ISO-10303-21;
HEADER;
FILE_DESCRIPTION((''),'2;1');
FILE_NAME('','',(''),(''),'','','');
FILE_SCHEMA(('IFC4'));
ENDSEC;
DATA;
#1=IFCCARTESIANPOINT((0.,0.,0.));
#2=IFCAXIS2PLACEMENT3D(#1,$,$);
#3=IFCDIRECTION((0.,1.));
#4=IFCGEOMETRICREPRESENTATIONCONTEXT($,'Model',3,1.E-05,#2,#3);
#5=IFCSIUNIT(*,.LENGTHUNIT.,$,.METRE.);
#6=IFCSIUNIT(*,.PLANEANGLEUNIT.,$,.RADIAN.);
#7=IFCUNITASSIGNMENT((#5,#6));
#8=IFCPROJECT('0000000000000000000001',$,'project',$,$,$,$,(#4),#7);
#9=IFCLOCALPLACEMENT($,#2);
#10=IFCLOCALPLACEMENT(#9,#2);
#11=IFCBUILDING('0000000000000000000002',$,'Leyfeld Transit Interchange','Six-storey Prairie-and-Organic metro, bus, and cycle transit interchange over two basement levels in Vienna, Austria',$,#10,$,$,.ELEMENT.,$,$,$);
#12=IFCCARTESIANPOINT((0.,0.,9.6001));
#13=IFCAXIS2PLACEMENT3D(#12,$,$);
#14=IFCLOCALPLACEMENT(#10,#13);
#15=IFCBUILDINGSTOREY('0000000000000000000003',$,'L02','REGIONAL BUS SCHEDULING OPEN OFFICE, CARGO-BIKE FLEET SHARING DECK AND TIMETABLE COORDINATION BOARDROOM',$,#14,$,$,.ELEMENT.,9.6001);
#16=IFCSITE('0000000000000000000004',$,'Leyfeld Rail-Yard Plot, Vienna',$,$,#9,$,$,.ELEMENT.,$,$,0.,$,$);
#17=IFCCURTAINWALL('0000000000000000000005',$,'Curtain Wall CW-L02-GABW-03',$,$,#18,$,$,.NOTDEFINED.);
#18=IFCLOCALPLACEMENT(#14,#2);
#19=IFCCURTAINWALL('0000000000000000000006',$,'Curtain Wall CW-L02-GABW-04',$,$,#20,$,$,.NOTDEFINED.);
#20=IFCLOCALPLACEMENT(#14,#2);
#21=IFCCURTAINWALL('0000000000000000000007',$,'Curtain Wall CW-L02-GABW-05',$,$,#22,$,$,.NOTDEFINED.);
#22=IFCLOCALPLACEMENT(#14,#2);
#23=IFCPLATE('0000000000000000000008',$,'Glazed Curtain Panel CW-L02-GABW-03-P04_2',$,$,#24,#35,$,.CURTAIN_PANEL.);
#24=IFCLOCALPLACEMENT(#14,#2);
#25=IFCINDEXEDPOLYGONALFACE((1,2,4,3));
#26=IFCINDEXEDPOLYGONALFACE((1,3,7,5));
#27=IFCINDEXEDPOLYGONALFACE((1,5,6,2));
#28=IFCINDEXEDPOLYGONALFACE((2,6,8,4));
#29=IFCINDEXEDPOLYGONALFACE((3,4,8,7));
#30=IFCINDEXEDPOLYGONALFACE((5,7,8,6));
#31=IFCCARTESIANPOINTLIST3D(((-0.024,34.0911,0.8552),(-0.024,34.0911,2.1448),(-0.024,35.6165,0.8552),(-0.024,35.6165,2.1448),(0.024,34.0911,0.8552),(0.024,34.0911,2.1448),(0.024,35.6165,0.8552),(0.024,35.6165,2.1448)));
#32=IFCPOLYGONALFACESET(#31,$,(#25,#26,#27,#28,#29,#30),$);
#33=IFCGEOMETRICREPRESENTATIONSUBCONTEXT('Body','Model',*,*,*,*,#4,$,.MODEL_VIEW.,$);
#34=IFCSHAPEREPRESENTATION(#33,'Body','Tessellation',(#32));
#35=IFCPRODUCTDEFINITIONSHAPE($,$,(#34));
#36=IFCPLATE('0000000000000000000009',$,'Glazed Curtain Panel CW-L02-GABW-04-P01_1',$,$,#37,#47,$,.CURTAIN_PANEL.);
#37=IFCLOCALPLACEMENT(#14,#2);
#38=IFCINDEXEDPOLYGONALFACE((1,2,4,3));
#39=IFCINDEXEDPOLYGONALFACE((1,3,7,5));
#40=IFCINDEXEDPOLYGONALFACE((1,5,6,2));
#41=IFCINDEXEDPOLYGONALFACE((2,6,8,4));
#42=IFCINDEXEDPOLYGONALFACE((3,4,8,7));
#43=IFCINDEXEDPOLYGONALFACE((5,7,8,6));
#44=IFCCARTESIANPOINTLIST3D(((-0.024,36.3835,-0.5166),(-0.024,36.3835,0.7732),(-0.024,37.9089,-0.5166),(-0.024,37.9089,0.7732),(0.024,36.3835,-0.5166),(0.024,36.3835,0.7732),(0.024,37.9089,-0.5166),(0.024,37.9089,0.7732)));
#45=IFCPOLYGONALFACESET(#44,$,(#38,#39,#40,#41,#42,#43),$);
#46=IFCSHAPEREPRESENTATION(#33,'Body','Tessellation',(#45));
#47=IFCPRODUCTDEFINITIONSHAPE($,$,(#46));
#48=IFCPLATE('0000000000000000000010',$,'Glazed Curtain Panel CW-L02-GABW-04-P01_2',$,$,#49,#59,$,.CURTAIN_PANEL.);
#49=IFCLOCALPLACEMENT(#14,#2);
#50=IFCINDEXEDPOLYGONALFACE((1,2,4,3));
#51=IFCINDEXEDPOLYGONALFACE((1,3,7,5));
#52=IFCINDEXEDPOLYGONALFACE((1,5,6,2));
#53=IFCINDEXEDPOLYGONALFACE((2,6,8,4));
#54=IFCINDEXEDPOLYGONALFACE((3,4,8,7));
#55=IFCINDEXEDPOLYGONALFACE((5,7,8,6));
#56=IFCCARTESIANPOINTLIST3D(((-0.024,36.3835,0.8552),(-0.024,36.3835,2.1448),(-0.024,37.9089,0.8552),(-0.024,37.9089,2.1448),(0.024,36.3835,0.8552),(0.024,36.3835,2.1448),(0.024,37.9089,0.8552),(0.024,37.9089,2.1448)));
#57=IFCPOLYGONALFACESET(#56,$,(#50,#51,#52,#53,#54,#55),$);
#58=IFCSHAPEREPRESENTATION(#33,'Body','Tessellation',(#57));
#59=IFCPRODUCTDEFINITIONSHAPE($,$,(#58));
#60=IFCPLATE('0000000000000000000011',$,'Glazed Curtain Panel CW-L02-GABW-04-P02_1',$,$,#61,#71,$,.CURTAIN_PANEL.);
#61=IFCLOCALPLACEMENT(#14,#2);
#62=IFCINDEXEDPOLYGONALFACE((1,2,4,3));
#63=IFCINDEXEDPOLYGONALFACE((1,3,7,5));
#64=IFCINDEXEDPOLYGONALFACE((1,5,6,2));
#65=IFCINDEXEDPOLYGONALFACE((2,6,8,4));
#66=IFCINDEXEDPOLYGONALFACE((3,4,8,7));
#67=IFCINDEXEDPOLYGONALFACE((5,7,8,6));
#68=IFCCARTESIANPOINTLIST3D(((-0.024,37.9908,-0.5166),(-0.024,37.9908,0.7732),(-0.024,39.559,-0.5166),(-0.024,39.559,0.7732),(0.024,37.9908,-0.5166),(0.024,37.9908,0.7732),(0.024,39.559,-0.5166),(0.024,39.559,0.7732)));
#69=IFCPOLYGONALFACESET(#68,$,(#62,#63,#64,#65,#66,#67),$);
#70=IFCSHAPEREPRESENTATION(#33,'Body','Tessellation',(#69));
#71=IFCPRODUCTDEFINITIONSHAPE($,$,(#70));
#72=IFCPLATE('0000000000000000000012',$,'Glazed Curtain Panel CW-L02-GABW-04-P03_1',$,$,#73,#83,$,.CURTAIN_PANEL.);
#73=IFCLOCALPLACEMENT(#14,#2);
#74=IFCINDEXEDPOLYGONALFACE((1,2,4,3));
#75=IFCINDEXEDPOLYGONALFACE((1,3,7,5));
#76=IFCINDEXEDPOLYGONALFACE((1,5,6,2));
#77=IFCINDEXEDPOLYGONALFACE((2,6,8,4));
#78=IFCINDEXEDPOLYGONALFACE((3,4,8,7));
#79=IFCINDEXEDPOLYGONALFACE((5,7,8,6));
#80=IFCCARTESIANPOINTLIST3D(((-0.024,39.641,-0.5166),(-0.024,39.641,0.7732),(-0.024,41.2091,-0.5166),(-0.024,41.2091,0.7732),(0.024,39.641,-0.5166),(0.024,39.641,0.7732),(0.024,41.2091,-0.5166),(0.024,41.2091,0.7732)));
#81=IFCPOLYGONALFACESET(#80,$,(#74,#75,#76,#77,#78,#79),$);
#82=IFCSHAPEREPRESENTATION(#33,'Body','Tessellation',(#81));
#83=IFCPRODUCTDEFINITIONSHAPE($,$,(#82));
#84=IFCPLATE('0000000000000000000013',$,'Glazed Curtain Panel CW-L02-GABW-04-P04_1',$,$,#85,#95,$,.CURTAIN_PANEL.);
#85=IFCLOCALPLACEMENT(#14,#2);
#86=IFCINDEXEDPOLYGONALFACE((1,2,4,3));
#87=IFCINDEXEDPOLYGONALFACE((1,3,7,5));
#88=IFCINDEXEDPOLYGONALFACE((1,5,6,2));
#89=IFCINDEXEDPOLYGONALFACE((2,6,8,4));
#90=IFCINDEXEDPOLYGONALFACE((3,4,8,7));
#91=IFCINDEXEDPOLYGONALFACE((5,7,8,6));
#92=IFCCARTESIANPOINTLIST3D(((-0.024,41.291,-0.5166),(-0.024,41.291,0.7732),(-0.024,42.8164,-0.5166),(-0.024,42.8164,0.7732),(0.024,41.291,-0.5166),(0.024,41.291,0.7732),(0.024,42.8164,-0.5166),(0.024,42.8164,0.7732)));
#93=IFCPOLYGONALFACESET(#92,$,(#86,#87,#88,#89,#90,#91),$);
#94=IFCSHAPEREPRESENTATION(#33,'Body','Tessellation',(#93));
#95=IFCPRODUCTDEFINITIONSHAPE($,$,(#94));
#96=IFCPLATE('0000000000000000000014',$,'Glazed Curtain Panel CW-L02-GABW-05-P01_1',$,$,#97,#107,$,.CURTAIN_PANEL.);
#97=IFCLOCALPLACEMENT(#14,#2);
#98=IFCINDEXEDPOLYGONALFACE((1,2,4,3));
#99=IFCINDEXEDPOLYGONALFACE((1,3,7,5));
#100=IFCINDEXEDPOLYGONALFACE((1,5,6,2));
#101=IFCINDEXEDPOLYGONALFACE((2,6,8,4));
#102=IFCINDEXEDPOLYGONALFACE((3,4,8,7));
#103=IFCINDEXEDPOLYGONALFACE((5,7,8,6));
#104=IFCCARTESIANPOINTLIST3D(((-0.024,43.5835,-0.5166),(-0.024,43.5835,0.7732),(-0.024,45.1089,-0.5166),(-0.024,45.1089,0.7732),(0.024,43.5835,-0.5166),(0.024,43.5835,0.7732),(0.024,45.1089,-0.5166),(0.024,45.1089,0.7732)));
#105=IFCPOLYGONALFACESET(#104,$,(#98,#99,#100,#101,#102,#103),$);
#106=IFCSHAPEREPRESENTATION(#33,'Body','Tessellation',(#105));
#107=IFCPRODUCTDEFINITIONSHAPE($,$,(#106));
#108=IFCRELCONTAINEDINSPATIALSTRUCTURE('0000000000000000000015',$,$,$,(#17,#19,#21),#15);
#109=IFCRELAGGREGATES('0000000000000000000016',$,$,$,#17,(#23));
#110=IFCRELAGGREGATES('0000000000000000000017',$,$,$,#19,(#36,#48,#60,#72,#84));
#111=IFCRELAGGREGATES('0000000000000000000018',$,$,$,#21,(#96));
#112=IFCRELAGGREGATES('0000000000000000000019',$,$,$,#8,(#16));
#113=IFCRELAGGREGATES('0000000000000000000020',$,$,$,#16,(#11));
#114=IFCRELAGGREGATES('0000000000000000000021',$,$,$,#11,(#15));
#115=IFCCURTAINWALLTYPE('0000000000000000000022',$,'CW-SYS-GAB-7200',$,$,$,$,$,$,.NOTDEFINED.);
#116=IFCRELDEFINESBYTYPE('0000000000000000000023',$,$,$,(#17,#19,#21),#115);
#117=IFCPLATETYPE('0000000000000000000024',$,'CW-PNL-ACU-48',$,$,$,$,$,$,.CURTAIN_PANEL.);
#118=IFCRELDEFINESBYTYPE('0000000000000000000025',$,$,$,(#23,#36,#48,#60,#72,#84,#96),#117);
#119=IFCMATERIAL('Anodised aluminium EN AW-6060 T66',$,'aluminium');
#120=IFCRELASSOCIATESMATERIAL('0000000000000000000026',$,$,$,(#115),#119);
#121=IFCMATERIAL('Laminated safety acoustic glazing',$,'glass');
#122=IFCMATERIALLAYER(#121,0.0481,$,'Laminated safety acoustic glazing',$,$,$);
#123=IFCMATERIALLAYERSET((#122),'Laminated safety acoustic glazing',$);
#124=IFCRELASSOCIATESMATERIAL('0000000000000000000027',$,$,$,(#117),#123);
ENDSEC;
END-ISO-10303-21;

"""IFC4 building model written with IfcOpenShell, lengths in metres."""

from ifc_helpers import new_model, si_unit, direction, frame, origin, origin_2d, place, context, subcontext, project, spatial, rectangle, extrude, material, layer, layer_set, type_object, element, aggregate, save


model = new_model("IFC4")

# Units and contexts
model_context = context("Model", 3, precision=1e-05, world=origin(), true_north=direction((0.0, 1.0)))
body_context = subcontext(model_context, "Body", "Model", "MODEL_VIEW")
ifc_project = project(units=[si_unit("LENGTHUNIT", "METRE"), si_unit("PLANEANGLEUNIT", "RADIAN")], contexts=[model_context])

# Site, building, storey
site_placement = place(None, origin())
site = spatial("IfcSite", under=ifc_project, at=site_placement, Name="Leyfeld Rail-Yard Plot, Vienna", CompositionType="ELEMENT", RefElevation=0.0)
building_placement = place(site_placement, origin())
building = spatial("IfcBuilding", under=site, at=building_placement, Name="Leyfeld Transit Interchange", Description="Six-storey Prairie-and-Organic metro, bus, and cycle transit interchange over two basement levels in Vienna, Austria", CompositionType="ELEMENT")
storey_placement = place(building_placement, frame((0.0, 0.0, 9.6001)))
storey = spatial("IfcBuildingStorey", under=building, at=storey_placement, Name="L02", Description="REGIONAL BUS SCHEDULING OPEN OFFICE, CARGO-BIKE FLEET SHARING DECK AND TIMETABLE COORDINATION BOARDROOM", CompositionType="ELEMENT", Elevation=9.6001)

# Curtain walls
ifc_material_1 = material(Name="Anodised aluminium EN AW-6060 T66", Category="aluminium")
curtain_wall_type = type_object("IfcCurtainWallType", Name="CW-SYS-GAB-7200", PredefinedType="NOTDEFINED", material=ifc_material_1)
curtain_wall_1_placement = place(storey_placement, origin())
curtain_wall_1 = element("IfcCurtainWall", 1, at=curtain_wall_1_placement, inside=storey, type_object=curtain_wall_type, Name="Curtain Wall CW-L02-GABW-03", PredefinedType="NOTDEFINED")
curtain_wall_2_placement = place(storey_placement, origin())
curtain_wall_2 = element("IfcCurtainWall", 2, at=curtain_wall_2_placement, inside=storey, type_object=curtain_wall_type, Name="Curtain Wall CW-L02-GABW-04", PredefinedType="NOTDEFINED")

# Curtain wall
curtain_wall_3_placement = place(storey_placement, origin())
curtain_wall_3 = element("IfcCurtainWall", 3, at=curtain_wall_3_placement, inside=storey, type_object=curtain_wall_type, Name="Curtain Wall CW-L02-GABW-05", PredefinedType="NOTDEFINED")

# Plates
ifc_material_2 = material(Name="Laminated safety acoustic glazing", Category="glass")
ifc_layer = layer(ifc_material_2, 0.0481, Name="Laminated safety acoustic glazing")
ifc_layer_set = layer_set([ifc_layer], Name="Laminated safety acoustic glazing")
plate_type = type_object("IfcPlateType", Name="CW-PNL-ACU-48", PredefinedType="CURTAIN_PANEL", material=ifc_layer_set)
plate_1_placement = place(storey_placement, frame((0.0, 34.8538, 0.8552), z_axis=(0.0, 0.0, 1.0), x_axis=(0.0, 1.0, 0.0)))
plate_1 = element("IfcPlate", 4, at=plate_1_placement, type_object=plate_type, Name="Glazed Curtain Panel CW-L02-GABW-03-P04_2", PredefinedType="CURTAIN_PANEL", context=body_context, shape_type="SweptSolid", body=[
    extrude(rectangle(XDim=1.5254, YDim=0.0481, at=origin_2d()), origin(), (0.0, 0.0, 1.0), 1.2896),
])
aggregate(curtain_wall_1, [plate_1])
plate_2_placement = place(storey_placement, frame((0.0, 37.1462, -0.5166), z_axis=(0.0, 0.0, 1.0), x_axis=(0.0, 1.0, 0.0)))
plate_2 = element("IfcPlate", 5, at=plate_2_placement, type_object=plate_type, Name="Glazed Curtain Panel CW-L02-GABW-04-P01_1", PredefinedType="CURTAIN_PANEL", context=body_context, shape_type="SweptSolid", body=[
    extrude(rectangle(XDim=1.5254, YDim=0.0481, at=origin_2d()), origin(), (0.0, 0.0, 1.0), 1.2898),
])
plate_3_placement = place(storey_placement, frame((0.0, 37.1462, 0.8552), z_axis=(0.0, 0.0, 1.0), x_axis=(0.0, 1.0, 0.0)))
plate_3 = element("IfcPlate", 6, at=plate_3_placement, type_object=plate_type, Name="Glazed Curtain Panel CW-L02-GABW-04-P01_2", PredefinedType="CURTAIN_PANEL", context=body_context, shape_type="SweptSolid", body=[
    extrude(rectangle(XDim=1.5254, YDim=0.0481, at=origin_2d()), origin(), (0.0, 0.0, 1.0), 1.2896),
])
plate_4_placement = place(storey_placement, frame((0.0, 38.7749, -0.5166), z_axis=(0.0, 0.0, 1.0), x_axis=(0.0, 1.0, 0.0)))
plate_4 = element("IfcPlate", 7, at=plate_4_placement, type_object=plate_type, Name="Glazed Curtain Panel CW-L02-GABW-04-P02_1", PredefinedType="CURTAIN_PANEL", context=body_context, shape_type="SweptSolid", body=[
    extrude(rectangle(XDim=1.5681, YDim=0.0481, at=origin_2d()), origin(), (0.0, 0.0, 1.0), 1.2898),
])
plate_5_placement = place(storey_placement, frame((0.0, 40.425, -0.5166), z_axis=(0.0, 0.0, 1.0), x_axis=(0.0, 1.0, 0.0)))
plate_5 = element("IfcPlate", 8, at=plate_5_placement, type_object=plate_type, Name="Glazed Curtain Panel CW-L02-GABW-04-P03_1", PredefinedType="CURTAIN_PANEL", context=body_context, shape_type="SweptSolid", body=[
    extrude(rectangle(XDim=1.5681, YDim=0.0481, at=origin_2d()), origin(), (0.0, 0.0, 1.0), 1.2898),
])
plate_6_placement = place(storey_placement, frame((0.0, 42.0537, -0.5166), z_axis=(0.0, 0.0, 1.0), x_axis=(0.0, 1.0, 0.0)))
plate_6 = element("IfcPlate", 9, at=plate_6_placement, type_object=plate_type, Name="Glazed Curtain Panel CW-L02-GABW-04-P04_1", PredefinedType="CURTAIN_PANEL", context=body_context, shape_type="SweptSolid", body=[
    extrude(rectangle(XDim=1.5254, YDim=0.0481, at=origin_2d()), origin(), (0.0, 0.0, 1.0), 1.2898),
])
aggregate(curtain_wall_2, [plate_2, plate_3, plate_4, plate_5, plate_6])
plate_7_placement = place(storey_placement, frame((0.0, 44.3462, -0.5166), z_axis=(0.0, 0.0, 1.0), x_axis=(0.0, 1.0, 0.0)))
plate_7 = element("IfcPlate", 10, at=plate_7_placement, type_object=plate_type, Name="Glazed Curtain Panel CW-L02-GABW-05-P01_1", PredefinedType="CURTAIN_PANEL", context=body_context, shape_type="SweptSolid", body=[
    extrude(rectangle(XDim=1.5254, YDim=0.0481, at=origin_2d()), origin(), (0.0, 0.0, 1.0), 1.2898),
])
aggregate(curtain_wall_3, [plate_7])

save(model, "model.ifc")
